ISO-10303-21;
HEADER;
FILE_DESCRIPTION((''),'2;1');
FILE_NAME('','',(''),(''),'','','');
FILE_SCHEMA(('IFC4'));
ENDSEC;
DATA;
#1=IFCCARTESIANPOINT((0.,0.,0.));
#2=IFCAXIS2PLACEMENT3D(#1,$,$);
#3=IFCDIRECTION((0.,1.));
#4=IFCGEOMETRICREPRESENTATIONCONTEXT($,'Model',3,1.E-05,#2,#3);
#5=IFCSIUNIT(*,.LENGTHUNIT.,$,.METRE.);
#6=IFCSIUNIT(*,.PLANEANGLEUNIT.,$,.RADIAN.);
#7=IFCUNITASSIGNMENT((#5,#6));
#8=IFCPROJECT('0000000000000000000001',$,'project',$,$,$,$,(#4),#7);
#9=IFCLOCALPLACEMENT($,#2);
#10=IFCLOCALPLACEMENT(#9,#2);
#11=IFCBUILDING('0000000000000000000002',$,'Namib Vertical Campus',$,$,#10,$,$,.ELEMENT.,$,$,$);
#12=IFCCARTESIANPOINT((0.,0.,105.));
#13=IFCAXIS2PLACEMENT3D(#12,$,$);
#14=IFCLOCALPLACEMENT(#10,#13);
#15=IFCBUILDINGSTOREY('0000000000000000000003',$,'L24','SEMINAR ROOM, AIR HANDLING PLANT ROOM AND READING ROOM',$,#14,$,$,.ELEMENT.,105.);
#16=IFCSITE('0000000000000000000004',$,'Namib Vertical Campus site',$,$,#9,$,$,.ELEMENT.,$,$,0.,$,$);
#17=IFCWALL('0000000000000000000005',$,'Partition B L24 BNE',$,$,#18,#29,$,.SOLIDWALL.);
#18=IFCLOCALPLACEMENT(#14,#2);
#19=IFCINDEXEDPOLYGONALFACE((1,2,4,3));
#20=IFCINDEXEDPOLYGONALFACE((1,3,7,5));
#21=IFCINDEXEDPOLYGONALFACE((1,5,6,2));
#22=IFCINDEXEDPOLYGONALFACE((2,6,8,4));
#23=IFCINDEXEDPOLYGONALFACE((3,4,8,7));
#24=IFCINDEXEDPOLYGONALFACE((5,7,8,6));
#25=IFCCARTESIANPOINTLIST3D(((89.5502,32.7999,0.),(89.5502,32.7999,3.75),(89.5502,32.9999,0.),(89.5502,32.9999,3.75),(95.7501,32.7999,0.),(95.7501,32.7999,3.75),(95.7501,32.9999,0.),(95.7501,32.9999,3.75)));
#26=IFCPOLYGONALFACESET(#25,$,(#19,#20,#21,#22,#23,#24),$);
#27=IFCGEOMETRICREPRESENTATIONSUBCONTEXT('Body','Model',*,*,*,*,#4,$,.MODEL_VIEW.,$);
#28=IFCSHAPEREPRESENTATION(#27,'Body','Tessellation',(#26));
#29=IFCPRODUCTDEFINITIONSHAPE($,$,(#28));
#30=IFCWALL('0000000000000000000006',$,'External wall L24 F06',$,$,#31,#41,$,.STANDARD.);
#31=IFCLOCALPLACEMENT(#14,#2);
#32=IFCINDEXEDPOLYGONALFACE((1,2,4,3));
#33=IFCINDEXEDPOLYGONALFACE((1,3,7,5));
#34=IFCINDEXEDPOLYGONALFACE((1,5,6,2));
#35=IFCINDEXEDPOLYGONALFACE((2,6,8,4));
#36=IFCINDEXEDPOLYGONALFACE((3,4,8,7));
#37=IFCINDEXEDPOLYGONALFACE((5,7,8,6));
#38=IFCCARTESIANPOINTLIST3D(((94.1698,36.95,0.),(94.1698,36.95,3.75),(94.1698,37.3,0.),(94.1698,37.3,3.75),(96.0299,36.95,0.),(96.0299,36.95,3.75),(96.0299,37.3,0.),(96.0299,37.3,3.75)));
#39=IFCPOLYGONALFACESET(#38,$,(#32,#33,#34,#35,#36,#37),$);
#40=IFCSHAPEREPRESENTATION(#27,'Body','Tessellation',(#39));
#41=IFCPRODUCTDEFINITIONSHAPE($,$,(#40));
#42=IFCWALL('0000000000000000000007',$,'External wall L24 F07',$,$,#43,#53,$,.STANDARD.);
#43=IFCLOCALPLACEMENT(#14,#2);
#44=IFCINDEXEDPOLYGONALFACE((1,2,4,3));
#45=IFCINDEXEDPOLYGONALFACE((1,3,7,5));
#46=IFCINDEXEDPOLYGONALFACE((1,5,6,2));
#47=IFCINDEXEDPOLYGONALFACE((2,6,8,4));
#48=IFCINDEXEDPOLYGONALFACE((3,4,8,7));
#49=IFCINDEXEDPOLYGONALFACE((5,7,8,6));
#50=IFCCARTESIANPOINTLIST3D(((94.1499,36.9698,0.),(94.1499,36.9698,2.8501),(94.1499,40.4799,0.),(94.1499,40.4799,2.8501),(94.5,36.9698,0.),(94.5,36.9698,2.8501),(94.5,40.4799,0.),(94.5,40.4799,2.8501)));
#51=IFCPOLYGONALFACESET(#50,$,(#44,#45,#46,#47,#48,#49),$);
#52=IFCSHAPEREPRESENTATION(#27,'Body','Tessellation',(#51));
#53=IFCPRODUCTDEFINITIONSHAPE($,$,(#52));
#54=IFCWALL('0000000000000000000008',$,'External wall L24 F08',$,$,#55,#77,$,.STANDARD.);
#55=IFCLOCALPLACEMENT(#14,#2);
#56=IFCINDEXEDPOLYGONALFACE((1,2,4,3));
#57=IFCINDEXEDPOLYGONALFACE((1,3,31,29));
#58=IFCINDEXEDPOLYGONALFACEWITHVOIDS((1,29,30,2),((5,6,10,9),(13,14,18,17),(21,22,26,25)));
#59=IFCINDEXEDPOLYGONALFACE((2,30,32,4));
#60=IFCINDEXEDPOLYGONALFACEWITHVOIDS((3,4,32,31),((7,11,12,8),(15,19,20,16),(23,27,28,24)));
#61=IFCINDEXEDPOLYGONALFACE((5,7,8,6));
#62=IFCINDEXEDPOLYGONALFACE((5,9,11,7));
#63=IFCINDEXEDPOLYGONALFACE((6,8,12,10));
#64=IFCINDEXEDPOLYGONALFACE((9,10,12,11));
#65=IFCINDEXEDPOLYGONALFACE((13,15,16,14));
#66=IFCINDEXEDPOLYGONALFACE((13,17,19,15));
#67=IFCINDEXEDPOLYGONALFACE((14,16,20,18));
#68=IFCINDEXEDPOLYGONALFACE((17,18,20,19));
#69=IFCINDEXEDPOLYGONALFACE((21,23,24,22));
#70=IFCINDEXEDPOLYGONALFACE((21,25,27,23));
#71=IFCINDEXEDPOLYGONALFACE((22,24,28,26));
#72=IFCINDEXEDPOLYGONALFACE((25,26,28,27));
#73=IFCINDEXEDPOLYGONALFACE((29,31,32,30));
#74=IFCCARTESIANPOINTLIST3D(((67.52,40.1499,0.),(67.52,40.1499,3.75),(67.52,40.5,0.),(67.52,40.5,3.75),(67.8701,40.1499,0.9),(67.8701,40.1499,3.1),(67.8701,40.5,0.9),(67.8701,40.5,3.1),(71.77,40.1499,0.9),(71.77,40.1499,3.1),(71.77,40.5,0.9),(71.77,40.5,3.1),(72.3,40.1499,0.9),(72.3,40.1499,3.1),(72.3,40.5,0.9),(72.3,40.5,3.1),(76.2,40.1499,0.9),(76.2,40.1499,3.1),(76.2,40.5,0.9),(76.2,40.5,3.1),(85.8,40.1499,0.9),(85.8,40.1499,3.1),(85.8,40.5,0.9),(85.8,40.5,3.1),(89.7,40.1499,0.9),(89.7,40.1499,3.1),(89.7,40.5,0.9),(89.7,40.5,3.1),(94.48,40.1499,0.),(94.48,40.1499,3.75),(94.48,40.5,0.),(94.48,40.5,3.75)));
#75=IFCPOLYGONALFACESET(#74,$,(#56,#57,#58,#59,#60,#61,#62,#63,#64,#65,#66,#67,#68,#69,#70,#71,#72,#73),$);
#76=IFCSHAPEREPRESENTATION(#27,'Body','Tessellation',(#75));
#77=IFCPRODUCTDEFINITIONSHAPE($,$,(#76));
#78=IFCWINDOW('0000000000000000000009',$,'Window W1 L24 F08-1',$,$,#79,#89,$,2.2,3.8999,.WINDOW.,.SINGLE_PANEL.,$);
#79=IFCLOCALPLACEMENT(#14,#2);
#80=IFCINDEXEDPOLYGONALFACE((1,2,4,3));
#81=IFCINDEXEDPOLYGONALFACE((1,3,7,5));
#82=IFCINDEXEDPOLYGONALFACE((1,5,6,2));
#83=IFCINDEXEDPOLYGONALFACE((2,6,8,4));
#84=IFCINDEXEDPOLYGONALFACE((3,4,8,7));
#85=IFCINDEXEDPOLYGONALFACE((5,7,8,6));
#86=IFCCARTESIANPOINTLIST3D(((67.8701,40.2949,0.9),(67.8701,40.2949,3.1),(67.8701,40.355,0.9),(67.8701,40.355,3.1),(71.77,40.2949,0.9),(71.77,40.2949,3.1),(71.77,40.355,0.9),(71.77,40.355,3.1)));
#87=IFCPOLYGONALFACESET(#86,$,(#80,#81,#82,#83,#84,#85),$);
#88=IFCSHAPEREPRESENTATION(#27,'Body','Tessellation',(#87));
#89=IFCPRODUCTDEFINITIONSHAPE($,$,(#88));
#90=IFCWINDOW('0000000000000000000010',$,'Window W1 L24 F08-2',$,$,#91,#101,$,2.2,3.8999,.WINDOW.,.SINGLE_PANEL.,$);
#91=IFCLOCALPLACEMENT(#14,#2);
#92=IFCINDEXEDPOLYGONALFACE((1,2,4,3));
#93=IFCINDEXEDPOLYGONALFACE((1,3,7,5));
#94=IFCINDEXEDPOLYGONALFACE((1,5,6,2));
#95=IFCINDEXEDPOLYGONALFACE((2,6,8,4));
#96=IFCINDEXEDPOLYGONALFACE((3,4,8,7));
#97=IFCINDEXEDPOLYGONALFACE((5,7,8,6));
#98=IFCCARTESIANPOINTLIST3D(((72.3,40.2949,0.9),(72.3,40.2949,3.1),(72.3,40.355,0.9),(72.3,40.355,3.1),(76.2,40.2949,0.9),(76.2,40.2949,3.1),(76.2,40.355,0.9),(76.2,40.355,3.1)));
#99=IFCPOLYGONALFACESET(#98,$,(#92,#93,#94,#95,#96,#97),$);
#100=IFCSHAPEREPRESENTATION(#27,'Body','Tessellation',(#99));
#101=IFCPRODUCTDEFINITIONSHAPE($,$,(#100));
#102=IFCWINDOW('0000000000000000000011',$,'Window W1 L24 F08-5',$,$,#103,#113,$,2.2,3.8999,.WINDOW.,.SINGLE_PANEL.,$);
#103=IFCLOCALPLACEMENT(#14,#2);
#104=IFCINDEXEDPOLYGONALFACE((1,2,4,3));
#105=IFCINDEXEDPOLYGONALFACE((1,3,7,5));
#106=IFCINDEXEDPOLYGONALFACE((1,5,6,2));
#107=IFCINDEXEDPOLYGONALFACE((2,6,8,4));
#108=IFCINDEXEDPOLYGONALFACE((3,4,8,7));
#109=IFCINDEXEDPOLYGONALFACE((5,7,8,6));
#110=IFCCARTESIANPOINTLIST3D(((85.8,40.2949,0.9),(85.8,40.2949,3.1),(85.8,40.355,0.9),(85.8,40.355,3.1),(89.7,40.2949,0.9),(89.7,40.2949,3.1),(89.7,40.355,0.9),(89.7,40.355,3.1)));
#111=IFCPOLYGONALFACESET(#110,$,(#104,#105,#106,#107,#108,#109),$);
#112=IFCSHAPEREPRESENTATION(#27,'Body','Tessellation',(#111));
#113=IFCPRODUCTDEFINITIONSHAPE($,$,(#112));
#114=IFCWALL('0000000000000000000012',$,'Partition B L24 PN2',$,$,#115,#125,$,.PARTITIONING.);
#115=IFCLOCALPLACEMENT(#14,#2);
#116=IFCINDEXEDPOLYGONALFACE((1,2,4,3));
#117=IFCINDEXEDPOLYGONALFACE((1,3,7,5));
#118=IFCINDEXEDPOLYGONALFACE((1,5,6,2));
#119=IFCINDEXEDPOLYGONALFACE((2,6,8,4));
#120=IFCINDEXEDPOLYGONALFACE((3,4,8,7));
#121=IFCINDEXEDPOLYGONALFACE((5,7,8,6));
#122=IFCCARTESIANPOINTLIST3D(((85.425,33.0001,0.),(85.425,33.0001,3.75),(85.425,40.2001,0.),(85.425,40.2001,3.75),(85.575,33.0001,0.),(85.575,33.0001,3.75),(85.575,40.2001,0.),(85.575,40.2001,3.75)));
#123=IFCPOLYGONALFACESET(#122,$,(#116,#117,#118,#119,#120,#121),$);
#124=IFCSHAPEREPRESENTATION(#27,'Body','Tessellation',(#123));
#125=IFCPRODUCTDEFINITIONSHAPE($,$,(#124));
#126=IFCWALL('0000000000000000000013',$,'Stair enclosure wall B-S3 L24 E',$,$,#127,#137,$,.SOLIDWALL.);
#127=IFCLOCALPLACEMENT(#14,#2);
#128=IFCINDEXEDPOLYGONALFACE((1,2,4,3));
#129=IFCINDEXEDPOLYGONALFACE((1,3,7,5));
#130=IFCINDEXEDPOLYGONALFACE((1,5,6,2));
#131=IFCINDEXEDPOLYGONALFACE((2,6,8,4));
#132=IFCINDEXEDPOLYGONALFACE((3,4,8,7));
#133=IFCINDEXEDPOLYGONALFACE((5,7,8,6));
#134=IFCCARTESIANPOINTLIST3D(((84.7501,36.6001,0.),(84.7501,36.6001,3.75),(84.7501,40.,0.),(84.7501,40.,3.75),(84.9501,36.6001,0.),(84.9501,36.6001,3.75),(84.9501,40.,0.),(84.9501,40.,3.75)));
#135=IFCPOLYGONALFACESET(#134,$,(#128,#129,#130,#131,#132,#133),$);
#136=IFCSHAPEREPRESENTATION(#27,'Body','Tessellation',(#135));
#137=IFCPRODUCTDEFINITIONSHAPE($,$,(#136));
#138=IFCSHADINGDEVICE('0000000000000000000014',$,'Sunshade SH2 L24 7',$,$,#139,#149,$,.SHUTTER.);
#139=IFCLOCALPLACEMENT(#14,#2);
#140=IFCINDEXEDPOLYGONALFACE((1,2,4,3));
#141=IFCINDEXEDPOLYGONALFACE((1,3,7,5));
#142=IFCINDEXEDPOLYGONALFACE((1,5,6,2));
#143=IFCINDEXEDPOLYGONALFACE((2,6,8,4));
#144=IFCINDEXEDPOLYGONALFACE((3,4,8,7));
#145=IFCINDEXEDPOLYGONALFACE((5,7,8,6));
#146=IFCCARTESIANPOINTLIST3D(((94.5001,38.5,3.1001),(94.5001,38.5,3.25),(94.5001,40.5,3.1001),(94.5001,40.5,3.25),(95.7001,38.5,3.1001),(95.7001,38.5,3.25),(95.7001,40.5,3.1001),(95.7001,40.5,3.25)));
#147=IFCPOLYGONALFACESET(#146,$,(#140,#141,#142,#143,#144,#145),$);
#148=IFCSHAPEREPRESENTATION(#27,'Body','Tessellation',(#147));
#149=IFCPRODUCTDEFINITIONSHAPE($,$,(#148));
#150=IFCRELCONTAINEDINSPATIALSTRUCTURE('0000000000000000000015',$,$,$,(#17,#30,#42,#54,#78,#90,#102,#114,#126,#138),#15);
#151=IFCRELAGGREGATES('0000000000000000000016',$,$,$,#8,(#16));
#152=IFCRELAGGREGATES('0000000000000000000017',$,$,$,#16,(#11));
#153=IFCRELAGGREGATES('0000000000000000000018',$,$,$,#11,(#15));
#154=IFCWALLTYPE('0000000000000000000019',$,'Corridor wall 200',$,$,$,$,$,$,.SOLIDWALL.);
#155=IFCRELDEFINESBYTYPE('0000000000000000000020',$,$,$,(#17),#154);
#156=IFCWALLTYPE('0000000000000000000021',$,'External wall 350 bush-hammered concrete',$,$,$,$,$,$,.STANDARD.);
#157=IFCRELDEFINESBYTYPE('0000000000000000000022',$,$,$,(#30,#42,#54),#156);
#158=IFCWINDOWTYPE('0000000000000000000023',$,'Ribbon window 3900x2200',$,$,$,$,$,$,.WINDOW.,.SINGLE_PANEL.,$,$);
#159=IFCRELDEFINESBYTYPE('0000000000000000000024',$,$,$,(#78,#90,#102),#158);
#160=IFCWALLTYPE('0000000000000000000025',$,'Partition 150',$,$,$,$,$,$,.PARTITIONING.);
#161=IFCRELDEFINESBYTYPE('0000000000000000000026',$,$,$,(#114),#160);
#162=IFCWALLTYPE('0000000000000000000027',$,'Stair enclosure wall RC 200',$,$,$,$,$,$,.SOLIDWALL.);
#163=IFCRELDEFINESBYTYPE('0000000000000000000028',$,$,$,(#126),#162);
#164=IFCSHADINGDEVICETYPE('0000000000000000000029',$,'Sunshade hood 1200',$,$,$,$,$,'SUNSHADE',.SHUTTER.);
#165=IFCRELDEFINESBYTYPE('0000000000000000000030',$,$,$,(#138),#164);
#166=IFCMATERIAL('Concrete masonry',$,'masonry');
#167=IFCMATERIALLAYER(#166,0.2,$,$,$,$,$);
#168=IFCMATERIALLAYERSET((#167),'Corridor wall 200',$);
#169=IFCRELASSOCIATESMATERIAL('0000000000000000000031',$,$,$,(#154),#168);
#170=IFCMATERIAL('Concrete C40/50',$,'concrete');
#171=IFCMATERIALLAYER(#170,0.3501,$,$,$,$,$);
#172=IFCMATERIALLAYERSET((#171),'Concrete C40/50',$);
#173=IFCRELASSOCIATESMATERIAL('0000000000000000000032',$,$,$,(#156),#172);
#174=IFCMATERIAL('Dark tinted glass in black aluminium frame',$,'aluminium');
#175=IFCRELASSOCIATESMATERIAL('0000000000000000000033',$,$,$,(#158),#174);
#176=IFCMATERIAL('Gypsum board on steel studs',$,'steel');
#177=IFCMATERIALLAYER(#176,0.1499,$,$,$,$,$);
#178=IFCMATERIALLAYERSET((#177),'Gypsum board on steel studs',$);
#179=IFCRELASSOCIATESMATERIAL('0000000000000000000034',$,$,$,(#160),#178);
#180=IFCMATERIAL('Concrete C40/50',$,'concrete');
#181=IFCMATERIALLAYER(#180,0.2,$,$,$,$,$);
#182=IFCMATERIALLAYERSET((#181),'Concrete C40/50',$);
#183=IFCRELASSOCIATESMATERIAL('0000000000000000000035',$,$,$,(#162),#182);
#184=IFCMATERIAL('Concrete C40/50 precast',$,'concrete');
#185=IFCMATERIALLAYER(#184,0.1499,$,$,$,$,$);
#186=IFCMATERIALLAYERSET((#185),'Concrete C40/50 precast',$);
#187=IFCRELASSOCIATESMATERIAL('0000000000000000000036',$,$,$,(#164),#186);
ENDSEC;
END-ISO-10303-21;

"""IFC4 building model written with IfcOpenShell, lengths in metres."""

from ifc_helpers import new_model, si_unit, direction, frame, frame_2d, origin, origin_2d, place, context, subcontext, project, spatial, rectangle, extrude, material, layer, layer_set, type_object, element, fill, save


model = new_model("IFC4")

# Units and contexts
model_context = context("Model", 3, precision=1e-05, world=origin(), true_north=direction((0.0, 1.0)))
body_context = subcontext(model_context, "Body", "Model", "MODEL_VIEW")
ifc_project = project(units=[si_unit("LENGTHUNIT", "METRE"), si_unit("PLANEANGLEUNIT", "RADIAN")], contexts=[model_context])

# Site, building, storey
site_placement = place(None, origin())
site = spatial("IfcSite", under=ifc_project, at=site_placement, Name="Namib Vertical Campus site", CompositionType="ELEMENT", RefElevation=0.0)
building_placement = place(site_placement, origin())
building = spatial("IfcBuilding", under=site, at=building_placement, Name="Namib Vertical Campus", CompositionType="ELEMENT")
storey_placement = place(building_placement, frame((0.0, 0.0, 105.0)))
storey = spatial("IfcBuildingStorey", under=building, at=storey_placement, Name="L24", Description="SEMINAR ROOM, AIR HANDLING PLANT ROOM AND READING ROOM", CompositionType="ELEMENT", Elevation=105.0)

# Shared definitions
ifc_material_1 = material(Name="Concrete masonry", Category="masonry")
ifc_layer_1 = layer(ifc_material_1, 0.2)
ifc_layer_set_1 = layer_set([ifc_layer_1], Name="Corridor wall 200")
wall_type_1 = type_object("IfcWallType", Name="Corridor wall 200", PredefinedType="SOLIDWALL", material=ifc_layer_set_1)

# Walls
wall_1_placement = place(storey_placement, frame((89.55, 32.8999, 0.0), z_axis=(0.0, 0.0, 1.0), x_axis=(1.0, 0.0, 0.0)))
element("IfcWall", 1, at=wall_1_placement, inside=storey, type_object=wall_type_1, Name="Partition B L24 BNE", PredefinedType="SOLIDWALL", context=body_context, shape_type="SweptSolid", body=[
    extrude(rectangle(XDim=6.2, YDim=0.2, at=frame_2d((3.1001, 0.0))), origin(), (0.0, 0.0, 1.0), 3.75),
])
ifc_material_2 = material(Name="Concrete C40/50", Category="concrete")
ifc_layer_2 = layer(ifc_material_2, 0.3501)
ifc_layer_set_2 = layer_set([ifc_layer_2], Name="Concrete C40/50")
wall_type_2 = type_object("IfcWallType", Name="External wall 350 bush-hammered concrete", PredefinedType="STANDARD", material=ifc_layer_set_2)
wall_2_placement = place(storey_placement, frame((96.03, 37.125, 0.0), z_axis=(0.0, 0.0, 1.0), x_axis=(-1.0, 0.0, 0.0)))
element("IfcWall", 2, at=wall_2_placement, inside=storey, type_object=wall_type_2, Name="External wall L24 F06", PredefinedType="STANDARD", context=body_context, shape_type="SweptSolid", body=[
    extrude(rectangle(XDim=1.8601, YDim=0.3501, at=frame_2d((0.9302, 0.0))), origin(), (0.0, 0.0, 1.0), 3.75),
])
wall_3_placement = place(storey_placement, frame((94.325, 36.97, 0.0), z_axis=(0.0, 0.0, 1.0), x_axis=(0.0, 1.0, 0.0)))
element("IfcWall", 3, at=wall_3_placement, inside=storey, type_object=wall_type_2, Name="External wall L24 F07", PredefinedType="STANDARD", context=body_context, shape_type="SweptSolid", body=[
    extrude(rectangle(XDim=3.51, YDim=0.3501, at=frame_2d((1.7549, 0.0))), origin(), (0.0, 0.0, 1.0), 2.8501),
])

# Wall, openings, windows
wall_4_placement = place(storey_placement, frame((94.48, 40.325, 0.0), z_axis=(0.0, 0.0, 1.0), x_axis=(-1.0, 0.0, 0.0)))
wall_4 = element("IfcWall", 4, at=wall_4_placement, inside=storey, type_object=wall_type_2, Name="External wall L24 F08", PredefinedType="STANDARD", context=body_context, shape_type="SweptSolid", body=[
    extrude(rectangle(XDim=26.96, YDim=0.3501, at=frame_2d((13.48, 0.0))), origin(), (0.0, 0.0, 1.0), 3.75),
])
opening_1_placement = place(wall_4_placement, frame((22.71, 0.0, 0.8999)))
opening_1 = element("IfcOpeningElement", 5, at=opening_1_placement, cuts=wall_4, PredefinedType="OPENING", context=body_context, shape_type="SweptSolid", body=[
    extrude(rectangle(XDim=3.8999, YDim=2.2, at=frame_2d((1.95, 1.1001))), frame((0.0, 0.1851, 0.0), z_axis=(0.0, -1.0, 0.0), x_axis=(1.0, 0.0, 0.0)), (0.0, 0.0, 1.0), 0.3701),
])
opening_2_placement = place(wall_4_placement, frame((18.28, 0.0, 0.8999)))
opening_2 = element("IfcOpeningElement", 6, at=opening_2_placement, cuts=wall_4, PredefinedType="OPENING", context=body_context, shape_type="SweptSolid", body=[
    extrude(rectangle(XDim=3.8999, YDim=2.2, at=frame_2d((1.95, 1.1001))), frame((0.0, 0.1851, 0.0), z_axis=(0.0, -1.0, 0.0), x_axis=(1.0, 0.0, 0.0)), (0.0, 0.0, 1.0), 0.3701),
])
opening_3_placement = place(wall_4_placement, frame((4.78, 0.0, 0.8999)))
opening_3 = element("IfcOpeningElement", 7, at=opening_3_placement, cuts=wall_4, PredefinedType="OPENING", context=body_context, shape_type="SweptSolid", body=[
    extrude(rectangle(XDim=3.8999, YDim=2.2, at=frame_2d((1.95, 1.1001))), frame((0.0, 0.1851, 0.0), z_axis=(0.0, -1.0, 0.0), x_axis=(1.0, 0.0, 0.0)), (0.0, 0.0, 1.0), 0.3701),
])
ifc_material_3 = material(Name="Dark tinted glass in black aluminium frame", Category="aluminium")
window_type = type_object("IfcWindowType", Name="Ribbon window 3900x2200", PartitioningType="SINGLE_PANEL", PredefinedType="WINDOW", material=ifc_material_3)
window_1_placement = place(opening_1_placement, origin())
window_1 = element("IfcWindow", 8, at=window_1_placement, inside=storey, type_object=window_type, Name="Window W1 L24 F08-1", OverallHeight=2.2, OverallWidth=3.8999, PartitioningType="SINGLE_PANEL", PredefinedType="WINDOW", context=body_context, shape_type="SweptSolid", body=[
    extrude(rectangle(XDim=3.8999, YDim=2.2, at=frame_2d((1.95, 1.1001))), frame((0.0, 0.03, 0.0), z_axis=(0.0, -1.0, 0.0), x_axis=(1.0, 0.0, 0.0)), (0.0, 0.0, 1.0), 0.0601),
])
fill(opening_1, window_1)
window_2_placement = place(opening_2_placement, origin())
window_2 = element("IfcWindow", 9, at=window_2_placement, inside=storey, type_object=window_type, Name="Window W1 L24 F08-2", OverallHeight=2.2, OverallWidth=3.8999, PartitioningType="SINGLE_PANEL", PredefinedType="WINDOW", context=body_context, shape_type="SweptSolid", body=[
    extrude(rectangle(XDim=3.8999, YDim=2.2, at=frame_2d((1.95, 1.1001))), frame((0.0, 0.03, 0.0), z_axis=(0.0, -1.0, 0.0), x_axis=(1.0, 0.0, 0.0)), (0.0, 0.0, 1.0), 0.0601),
])
fill(opening_2, window_2)
window_3_placement = place(opening_3_placement, origin())
window_3 = element("IfcWindow", 10, at=window_3_placement, inside=storey, type_object=window_type, Name="Window W1 L24 F08-5", OverallHeight=2.2, OverallWidth=3.8999, PartitioningType="SINGLE_PANEL", PredefinedType="WINDOW", context=body_context, shape_type="SweptSolid", body=[
    extrude(rectangle(XDim=3.8999, YDim=2.2, at=frame_2d((1.95, 1.1001))), frame((0.0, 0.03, 0.0), z_axis=(0.0, -1.0, 0.0), x_axis=(1.0, 0.0, 0.0)), (0.0, 0.0, 1.0), 0.0601),
])
fill(opening_3, window_3)

# Walls
ifc_material_4 = material(Name="Gypsum board on steel studs", Category="steel")
ifc_layer_3 = layer(ifc_material_4, 0.1499)
ifc_layer_set_3 = layer_set([ifc_layer_3], Name="Gypsum board on steel studs")
wall_type_3 = type_object("IfcWallType", Name="Partition 150", PredefinedType="PARTITIONING", material=ifc_layer_set_3)
wall_5_placement = place(storey_placement, frame((85.5, 33.0, 0.0), z_axis=(0.0, 0.0, 1.0), x_axis=(0.0, 1.0, 0.0)))
element("IfcWall", 11, at=wall_5_placement, inside=storey, type_object=wall_type_3, Name="Partition B L24 PN2", PredefinedType="PARTITIONING", context=body_context, shape_type="SweptSolid", body=[
    extrude(rectangle(XDim=7.2, YDim=0.1499, at=frame_2d((3.6001, 0.0))), origin(), (0.0, 0.0, 1.0), 3.75),
])
ifc_material_5 = material(Name="Concrete C40/50", Category="concrete")
ifc_layer_4 = layer(ifc_material_5, 0.2)
ifc_layer_set_4 = layer_set([ifc_layer_4], Name="Concrete C40/50")
wall_type_4 = type_object("IfcWallType", Name="Stair enclosure wall RC 200", PredefinedType="SOLIDWALL", material=ifc_layer_set_4)
wall_6_placement = place(storey_placement, frame((84.8501, 36.6001, 0.0), z_axis=(0.0, 0.0, 1.0), x_axis=(0.0, 1.0, 0.0)))
element("IfcWall", 12, at=wall_6_placement, inside=storey, type_object=wall_type_4, Name="Stair enclosure wall B-S3 L24 E", PredefinedType="SOLIDWALL", context=body_context, shape_type="SweptSolid", body=[
    extrude(rectangle(XDim=3.3999, YDim=0.2, at=frame_2d((1.7, 0.0))), origin(), (0.0, 0.0, 1.0), 3.75),
])

# Shading device
ifc_material_6 = material(Name="Concrete C40/50 precast", Category="concrete")
ifc_layer_5 = layer(ifc_material_6, 0.1499)
ifc_layer_set_5 = layer_set([ifc_layer_5], Name="Concrete C40/50 precast")
shading_device_type = type_object("IfcShadingDeviceType", Name="Sunshade hood 1200", ElementType="SUNSHADE", PredefinedType="SHUTTER", material=ifc_layer_set_5)
shading_device_placement = place(storey_placement, frame((95.1001, 39.5, 3.1001), z_axis=(0.0, 0.0, 1.0), x_axis=(0.0, 1.0, 0.0)))
element("IfcShadingDevice", 13, at=shading_device_placement, inside=storey, type_object=shading_device_type, Name="Sunshade SH2 L24 7", PredefinedType="SHUTTER", context=body_context, shape_type="SweptSolid", body=[
    extrude(rectangle(XDim=2.0, YDim=1.2, at=origin_2d()), origin(), (0.0, 0.0, 1.0), 0.1499),
])

save(model, "model.ifc")
